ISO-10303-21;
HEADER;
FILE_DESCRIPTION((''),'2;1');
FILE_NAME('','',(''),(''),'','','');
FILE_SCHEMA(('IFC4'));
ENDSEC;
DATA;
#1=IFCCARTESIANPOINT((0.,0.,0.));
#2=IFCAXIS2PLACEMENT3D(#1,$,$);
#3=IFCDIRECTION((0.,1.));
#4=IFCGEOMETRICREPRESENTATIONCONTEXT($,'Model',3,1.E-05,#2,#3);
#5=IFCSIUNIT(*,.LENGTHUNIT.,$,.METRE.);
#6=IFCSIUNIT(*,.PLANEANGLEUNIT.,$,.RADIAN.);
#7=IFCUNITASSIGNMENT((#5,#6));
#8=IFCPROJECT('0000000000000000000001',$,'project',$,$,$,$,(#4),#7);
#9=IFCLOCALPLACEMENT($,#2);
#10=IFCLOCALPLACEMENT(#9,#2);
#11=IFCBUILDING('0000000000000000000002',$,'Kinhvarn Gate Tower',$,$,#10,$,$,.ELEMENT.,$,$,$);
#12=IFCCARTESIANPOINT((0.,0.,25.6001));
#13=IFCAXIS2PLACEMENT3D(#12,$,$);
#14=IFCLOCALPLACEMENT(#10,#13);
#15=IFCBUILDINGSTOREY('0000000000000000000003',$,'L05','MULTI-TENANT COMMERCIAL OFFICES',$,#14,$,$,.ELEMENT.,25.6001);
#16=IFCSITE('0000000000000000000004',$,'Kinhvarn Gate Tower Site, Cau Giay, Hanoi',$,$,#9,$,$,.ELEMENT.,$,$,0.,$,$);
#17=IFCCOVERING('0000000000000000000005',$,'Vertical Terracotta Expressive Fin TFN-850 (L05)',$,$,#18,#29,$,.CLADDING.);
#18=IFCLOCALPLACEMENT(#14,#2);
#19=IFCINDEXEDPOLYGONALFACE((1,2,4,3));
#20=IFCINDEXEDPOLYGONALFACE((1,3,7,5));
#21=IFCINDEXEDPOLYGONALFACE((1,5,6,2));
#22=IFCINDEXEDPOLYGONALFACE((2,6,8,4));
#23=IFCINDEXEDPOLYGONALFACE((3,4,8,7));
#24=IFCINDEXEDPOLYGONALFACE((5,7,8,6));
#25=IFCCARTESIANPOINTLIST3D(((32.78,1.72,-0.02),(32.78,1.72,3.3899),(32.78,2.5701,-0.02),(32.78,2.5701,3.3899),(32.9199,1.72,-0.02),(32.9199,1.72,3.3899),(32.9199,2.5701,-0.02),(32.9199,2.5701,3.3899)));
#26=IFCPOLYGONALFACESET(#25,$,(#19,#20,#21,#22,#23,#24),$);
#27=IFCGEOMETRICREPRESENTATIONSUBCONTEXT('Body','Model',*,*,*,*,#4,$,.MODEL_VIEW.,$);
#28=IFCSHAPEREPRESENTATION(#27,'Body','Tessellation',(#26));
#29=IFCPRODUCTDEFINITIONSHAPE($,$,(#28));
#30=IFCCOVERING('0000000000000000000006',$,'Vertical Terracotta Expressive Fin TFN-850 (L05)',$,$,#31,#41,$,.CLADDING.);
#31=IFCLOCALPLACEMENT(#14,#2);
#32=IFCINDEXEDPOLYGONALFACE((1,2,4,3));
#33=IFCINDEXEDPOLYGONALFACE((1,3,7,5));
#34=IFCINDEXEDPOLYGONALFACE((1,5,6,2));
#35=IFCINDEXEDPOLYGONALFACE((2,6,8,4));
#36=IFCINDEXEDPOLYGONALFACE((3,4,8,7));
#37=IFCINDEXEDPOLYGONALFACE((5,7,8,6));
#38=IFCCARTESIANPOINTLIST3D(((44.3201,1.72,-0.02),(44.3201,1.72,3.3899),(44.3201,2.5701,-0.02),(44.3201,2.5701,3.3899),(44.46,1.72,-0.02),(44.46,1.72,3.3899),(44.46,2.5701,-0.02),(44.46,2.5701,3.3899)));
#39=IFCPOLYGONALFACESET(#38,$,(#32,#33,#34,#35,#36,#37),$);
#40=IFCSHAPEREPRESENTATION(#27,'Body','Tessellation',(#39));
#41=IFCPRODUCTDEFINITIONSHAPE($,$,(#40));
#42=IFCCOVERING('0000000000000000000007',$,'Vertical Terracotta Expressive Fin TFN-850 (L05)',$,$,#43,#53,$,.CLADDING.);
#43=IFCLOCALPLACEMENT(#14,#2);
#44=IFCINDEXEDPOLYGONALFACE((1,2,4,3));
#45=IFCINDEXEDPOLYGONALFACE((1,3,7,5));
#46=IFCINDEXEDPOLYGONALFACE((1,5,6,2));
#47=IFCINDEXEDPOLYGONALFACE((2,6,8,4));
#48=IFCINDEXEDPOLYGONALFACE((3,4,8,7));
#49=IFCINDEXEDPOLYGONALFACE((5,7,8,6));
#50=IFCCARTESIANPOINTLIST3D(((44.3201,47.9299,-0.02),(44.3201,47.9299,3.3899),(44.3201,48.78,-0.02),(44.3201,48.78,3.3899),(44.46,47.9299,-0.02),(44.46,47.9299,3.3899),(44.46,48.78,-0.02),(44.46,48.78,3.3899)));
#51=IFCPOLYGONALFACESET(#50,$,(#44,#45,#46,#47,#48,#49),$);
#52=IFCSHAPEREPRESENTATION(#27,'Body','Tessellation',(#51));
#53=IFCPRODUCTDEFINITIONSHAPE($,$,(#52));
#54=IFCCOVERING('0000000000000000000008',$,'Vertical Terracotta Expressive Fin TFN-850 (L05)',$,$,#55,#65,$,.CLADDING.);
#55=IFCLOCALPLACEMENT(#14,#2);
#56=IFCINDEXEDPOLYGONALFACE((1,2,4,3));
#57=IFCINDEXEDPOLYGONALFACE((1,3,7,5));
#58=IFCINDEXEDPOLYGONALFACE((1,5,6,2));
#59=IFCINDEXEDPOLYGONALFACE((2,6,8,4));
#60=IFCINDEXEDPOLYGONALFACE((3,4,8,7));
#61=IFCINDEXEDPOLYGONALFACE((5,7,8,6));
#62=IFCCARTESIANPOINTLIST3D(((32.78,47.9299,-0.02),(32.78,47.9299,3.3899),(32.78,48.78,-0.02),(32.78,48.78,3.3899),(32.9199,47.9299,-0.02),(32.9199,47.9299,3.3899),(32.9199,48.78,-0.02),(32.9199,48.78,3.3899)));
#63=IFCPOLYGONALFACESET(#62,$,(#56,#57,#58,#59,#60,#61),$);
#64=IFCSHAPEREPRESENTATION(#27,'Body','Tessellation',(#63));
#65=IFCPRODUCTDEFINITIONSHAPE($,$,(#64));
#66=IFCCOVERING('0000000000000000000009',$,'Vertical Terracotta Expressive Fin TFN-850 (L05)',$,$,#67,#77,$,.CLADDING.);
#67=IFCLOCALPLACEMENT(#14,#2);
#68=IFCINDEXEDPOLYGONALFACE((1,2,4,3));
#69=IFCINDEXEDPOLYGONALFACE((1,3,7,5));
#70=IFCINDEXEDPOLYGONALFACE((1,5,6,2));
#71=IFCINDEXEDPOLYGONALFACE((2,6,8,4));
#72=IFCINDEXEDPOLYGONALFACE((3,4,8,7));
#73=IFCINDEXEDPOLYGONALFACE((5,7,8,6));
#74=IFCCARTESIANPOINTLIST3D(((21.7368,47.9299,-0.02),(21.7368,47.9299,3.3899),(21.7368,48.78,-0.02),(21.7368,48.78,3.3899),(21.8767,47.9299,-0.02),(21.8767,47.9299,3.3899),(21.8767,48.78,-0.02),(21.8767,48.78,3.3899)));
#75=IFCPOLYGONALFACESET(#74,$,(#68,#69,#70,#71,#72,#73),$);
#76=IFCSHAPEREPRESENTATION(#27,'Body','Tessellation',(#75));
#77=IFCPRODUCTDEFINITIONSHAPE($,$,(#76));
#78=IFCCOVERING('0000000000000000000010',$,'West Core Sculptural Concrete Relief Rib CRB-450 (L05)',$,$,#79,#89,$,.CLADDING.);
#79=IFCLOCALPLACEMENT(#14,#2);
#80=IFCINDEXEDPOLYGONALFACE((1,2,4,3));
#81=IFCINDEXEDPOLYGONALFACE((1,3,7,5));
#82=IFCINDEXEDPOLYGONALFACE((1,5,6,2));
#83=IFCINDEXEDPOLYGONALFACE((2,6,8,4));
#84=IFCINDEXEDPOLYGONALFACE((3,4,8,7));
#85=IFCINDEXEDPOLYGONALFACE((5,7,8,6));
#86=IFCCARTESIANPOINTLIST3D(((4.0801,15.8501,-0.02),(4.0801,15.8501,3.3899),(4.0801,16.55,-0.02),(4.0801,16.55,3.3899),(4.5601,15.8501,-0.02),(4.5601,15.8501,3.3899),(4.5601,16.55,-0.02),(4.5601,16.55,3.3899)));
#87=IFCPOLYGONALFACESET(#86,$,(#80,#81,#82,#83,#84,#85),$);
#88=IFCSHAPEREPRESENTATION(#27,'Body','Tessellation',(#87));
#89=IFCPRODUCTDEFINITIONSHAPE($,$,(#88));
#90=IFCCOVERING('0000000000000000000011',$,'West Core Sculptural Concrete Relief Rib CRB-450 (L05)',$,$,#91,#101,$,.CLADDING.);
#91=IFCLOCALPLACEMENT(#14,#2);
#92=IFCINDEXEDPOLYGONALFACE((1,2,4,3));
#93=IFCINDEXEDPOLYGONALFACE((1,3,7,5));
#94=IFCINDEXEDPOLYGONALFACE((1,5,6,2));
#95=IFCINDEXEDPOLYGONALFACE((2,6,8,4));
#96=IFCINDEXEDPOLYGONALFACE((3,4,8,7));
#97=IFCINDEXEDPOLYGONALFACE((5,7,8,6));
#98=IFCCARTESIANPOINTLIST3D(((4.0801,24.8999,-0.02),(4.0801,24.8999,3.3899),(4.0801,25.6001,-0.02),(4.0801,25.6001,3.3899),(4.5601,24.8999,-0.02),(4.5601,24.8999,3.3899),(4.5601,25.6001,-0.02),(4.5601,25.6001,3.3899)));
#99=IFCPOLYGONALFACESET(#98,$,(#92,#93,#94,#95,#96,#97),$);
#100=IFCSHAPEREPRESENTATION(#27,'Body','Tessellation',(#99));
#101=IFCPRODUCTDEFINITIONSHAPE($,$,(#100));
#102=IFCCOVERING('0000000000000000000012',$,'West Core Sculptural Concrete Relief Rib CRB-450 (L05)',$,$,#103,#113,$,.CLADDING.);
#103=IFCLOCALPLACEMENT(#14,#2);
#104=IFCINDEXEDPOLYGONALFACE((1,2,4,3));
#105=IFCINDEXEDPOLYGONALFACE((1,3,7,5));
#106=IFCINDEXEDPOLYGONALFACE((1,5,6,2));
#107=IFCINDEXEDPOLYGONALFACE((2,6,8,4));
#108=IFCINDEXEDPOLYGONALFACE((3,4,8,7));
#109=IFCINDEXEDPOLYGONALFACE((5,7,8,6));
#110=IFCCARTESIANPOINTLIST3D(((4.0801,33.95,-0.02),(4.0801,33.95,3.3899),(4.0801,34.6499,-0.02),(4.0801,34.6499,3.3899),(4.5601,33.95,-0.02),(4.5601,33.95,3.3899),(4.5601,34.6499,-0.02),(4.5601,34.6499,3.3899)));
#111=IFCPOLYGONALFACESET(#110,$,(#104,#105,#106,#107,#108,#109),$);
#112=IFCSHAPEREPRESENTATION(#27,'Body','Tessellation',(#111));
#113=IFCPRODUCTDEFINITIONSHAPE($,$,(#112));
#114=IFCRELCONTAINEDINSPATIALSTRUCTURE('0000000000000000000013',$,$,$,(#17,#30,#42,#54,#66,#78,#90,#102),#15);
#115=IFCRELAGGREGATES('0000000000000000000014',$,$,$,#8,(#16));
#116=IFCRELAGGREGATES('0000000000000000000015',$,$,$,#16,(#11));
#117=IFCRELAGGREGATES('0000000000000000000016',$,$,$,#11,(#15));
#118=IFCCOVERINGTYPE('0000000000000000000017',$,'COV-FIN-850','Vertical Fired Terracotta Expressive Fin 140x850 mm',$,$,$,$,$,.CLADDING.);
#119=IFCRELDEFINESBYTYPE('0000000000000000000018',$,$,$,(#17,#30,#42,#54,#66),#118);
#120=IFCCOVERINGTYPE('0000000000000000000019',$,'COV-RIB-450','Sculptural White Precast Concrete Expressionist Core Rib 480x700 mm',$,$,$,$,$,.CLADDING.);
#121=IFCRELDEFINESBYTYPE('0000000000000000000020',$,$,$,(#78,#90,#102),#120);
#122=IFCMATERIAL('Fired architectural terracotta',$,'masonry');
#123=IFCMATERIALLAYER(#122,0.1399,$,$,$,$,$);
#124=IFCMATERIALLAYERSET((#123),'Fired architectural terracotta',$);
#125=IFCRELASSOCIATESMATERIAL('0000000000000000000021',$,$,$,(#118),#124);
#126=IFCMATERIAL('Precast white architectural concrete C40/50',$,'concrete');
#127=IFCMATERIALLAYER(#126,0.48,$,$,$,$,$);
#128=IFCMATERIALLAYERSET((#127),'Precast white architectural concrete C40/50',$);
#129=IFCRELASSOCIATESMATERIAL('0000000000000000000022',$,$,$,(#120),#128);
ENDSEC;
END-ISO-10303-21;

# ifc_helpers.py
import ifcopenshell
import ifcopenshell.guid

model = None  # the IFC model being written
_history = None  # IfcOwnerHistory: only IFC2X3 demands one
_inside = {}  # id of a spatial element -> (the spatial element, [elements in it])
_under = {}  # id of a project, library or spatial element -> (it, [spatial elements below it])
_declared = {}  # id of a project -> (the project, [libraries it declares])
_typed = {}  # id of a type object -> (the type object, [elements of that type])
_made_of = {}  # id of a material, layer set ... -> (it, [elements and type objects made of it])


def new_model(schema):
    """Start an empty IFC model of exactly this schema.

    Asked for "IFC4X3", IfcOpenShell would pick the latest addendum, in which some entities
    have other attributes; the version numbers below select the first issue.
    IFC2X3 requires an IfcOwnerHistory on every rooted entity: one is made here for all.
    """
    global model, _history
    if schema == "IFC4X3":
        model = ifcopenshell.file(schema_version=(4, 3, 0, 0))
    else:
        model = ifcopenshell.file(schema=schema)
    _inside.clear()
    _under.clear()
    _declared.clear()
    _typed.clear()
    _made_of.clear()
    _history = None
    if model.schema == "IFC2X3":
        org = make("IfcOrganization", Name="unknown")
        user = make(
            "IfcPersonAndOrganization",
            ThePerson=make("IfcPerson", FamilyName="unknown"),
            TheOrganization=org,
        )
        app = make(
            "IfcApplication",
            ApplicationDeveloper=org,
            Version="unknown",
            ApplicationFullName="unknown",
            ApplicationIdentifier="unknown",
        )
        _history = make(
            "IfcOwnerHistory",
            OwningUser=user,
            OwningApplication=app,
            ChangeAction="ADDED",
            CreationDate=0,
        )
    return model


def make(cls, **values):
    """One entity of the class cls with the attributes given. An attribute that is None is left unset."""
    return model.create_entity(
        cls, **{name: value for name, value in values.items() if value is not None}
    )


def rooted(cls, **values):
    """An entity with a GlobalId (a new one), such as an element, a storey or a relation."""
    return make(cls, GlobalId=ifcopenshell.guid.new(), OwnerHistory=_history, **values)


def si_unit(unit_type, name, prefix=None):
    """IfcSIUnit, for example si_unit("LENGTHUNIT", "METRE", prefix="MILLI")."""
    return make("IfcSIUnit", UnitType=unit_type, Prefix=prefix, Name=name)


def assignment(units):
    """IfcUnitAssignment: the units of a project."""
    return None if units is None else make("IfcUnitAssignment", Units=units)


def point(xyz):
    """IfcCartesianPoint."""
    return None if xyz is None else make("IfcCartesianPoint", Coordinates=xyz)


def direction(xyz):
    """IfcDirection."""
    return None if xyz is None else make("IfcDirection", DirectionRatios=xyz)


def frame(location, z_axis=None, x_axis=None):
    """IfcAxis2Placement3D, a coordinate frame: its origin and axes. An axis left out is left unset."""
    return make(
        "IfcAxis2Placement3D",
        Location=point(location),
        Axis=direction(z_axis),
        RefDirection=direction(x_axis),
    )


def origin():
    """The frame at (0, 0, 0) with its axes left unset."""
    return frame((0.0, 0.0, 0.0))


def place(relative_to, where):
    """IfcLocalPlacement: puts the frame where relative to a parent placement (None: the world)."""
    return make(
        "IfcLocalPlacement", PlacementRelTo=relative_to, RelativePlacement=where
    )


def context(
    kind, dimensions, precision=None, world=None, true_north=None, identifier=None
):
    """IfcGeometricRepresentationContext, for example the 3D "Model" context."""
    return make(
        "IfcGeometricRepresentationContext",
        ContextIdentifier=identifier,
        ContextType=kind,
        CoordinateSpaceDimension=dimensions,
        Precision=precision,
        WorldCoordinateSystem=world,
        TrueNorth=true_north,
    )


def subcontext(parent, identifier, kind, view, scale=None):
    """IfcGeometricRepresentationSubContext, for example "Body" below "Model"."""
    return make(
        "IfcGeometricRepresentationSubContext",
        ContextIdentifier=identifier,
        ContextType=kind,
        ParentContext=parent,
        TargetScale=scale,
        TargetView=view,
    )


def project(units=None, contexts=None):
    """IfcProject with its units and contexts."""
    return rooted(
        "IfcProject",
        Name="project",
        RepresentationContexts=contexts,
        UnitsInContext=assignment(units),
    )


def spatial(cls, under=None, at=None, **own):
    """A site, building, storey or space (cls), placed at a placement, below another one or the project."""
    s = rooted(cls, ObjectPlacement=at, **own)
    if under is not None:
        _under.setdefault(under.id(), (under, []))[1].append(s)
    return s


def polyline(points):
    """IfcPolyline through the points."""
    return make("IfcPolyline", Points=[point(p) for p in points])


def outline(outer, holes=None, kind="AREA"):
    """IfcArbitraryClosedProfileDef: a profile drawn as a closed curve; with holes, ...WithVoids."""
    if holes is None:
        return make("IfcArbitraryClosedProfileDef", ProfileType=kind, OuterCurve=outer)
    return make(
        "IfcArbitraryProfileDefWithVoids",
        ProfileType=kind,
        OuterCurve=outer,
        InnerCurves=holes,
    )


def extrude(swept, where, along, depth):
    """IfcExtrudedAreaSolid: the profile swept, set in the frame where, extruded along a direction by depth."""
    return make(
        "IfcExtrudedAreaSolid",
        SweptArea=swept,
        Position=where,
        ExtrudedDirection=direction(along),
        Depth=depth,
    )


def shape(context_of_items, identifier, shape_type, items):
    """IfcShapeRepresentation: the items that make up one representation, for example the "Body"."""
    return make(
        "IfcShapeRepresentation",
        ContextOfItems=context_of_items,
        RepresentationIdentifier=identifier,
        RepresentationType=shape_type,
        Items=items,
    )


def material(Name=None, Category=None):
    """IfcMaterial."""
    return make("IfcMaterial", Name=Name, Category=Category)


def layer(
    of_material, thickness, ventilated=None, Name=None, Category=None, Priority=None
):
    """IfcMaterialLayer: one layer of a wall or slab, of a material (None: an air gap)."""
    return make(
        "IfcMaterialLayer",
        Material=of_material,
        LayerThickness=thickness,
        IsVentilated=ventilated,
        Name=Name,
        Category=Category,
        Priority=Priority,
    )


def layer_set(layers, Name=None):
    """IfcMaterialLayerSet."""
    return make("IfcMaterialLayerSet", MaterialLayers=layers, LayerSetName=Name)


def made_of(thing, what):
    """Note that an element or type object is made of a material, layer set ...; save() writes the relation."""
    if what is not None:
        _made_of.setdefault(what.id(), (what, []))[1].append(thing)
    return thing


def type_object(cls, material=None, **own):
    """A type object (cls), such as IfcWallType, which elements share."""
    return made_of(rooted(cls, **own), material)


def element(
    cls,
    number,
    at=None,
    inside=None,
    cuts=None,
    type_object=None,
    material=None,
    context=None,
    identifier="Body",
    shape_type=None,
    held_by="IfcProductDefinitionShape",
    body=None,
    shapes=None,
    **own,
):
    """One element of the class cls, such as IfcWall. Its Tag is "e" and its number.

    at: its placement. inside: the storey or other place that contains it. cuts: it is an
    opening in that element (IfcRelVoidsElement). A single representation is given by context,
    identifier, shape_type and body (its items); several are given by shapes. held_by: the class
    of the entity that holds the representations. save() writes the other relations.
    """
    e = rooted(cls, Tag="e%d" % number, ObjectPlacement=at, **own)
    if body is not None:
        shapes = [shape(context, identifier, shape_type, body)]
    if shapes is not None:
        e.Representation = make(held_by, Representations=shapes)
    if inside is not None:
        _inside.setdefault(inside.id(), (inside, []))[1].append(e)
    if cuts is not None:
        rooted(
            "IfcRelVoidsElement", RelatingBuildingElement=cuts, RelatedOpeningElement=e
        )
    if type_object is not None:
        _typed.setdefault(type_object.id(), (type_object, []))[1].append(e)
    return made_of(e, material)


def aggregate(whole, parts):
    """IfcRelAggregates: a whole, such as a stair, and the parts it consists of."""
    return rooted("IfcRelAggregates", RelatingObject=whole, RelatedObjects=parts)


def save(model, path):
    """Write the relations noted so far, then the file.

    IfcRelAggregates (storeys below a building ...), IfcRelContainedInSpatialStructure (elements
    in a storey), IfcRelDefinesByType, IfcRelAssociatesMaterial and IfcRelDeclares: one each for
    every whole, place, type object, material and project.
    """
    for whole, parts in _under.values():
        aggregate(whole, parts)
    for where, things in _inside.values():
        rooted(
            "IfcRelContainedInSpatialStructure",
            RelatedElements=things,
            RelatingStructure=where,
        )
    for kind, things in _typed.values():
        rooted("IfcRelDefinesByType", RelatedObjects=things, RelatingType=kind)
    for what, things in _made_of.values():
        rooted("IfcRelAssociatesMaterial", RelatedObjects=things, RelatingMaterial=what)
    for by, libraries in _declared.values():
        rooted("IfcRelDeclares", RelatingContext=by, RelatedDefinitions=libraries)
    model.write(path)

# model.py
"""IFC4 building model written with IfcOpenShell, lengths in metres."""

from ifc_helpers import new_model, si_unit, direction, frame, origin, place, context, subcontext, project, spatial, polyline, outline, extrude, material, layer, layer_set, type_object, element, save


model = new_model("IFC4")

# Units and contexts
model_context = context("Model", 3, precision=1e-05, world=origin(), true_north=direction((0.0, 1.0)))
body_context = subcontext(model_context, "Body", "Model", "MODEL_VIEW")
ifc_project = project(units=[si_unit("LENGTHUNIT", "METRE"), si_unit("PLANEANGLEUNIT", "RADIAN")], contexts=[model_context])

# Site, building, storey
site_placement = place(None, origin())
site = spatial("IfcSite", under=ifc_project, at=site_placement, Name="Kinhvarn Gate Tower Site, Cau Giay, Hanoi", CompositionType="ELEMENT", RefElevation=0.0)
building_placement = place(site_placement, origin())
building = spatial("IfcBuilding", under=site, at=building_placement, Name="Kinhvarn Gate Tower", CompositionType="ELEMENT")
storey_placement = place(building_placement, frame((0.0, 0.0, 25.6001)))
storey = spatial("IfcBuildingStorey", under=building, at=storey_placement, Name="L05", Description="MULTI-TENANT COMMERCIAL OFFICES", CompositionType="ELEMENT", Elevation=25.6001)

# Coverings
ifc_material_1 = material(Name="Fired architectural terracotta", Category="masonry")
ifc_layer_1 = layer(ifc_material_1, 0.1399)
ifc_layer_set_1 = layer_set([ifc_layer_1], Name="Fired architectural terracotta")
covering_type_1 = type_object("IfcCoveringType", Name="COV-FIN-850", Description="Vertical Fired Terracotta Expressive Fin 140x850 mm", PredefinedType="CLADDING", material=ifc_layer_set_1)
covering_1_placement = place(storey_placement, frame((0.0, 0.0, -0.02)))
element("IfcCovering", 1, at=covering_1_placement, inside=storey, type_object=covering_type_1, Name="Vertical Terracotta Expressive Fin TFN-850 (L05)", PredefinedType="CLADDING", context=body_context, shape_type="SweptSolid", body=[
    extrude(outline(polyline([(32.78, 2.5701), (32.9199, 2.5701), (32.9199, 1.72), (32.78, 1.72), (32.78, 2.5701)])), origin(), (0.0, 0.0, 1.0), 3.4099),
])
covering_2_placement = place(storey_placement, frame((0.0, 0.0, -0.02)))
element("IfcCovering", 2, at=covering_2_placement, inside=storey, type_object=covering_type_1, Name="Vertical Terracotta Expressive Fin TFN-850 (L05)", PredefinedType="CLADDING", context=body_context, shape_type="SweptSolid", body=[
    extrude(outline(polyline([(44.3201, 2.5701), (44.46, 2.5701), (44.46, 1.72), (44.3201, 1.72), (44.3201, 2.5701)])), origin(), (0.0, 0.0, 1.0), 3.4099),
])
covering_3_placement = place(storey_placement, frame((0.0, 0.0, -0.02)))
element("IfcCovering", 3, at=covering_3_placement, inside=storey, type_object=covering_type_1, Name="Vertical Terracotta Expressive Fin TFN-850 (L05)", PredefinedType="CLADDING", context=body_context, shape_type="SweptSolid", body=[
    extrude(outline(polyline([(44.46, 47.9299), (44.3201, 47.9299), (44.3201, 48.78), (44.46, 48.78), (44.46, 47.9299)])), origin(), (0.0, 0.0, 1.0), 3.4099),
])
covering_4_placement = place(storey_placement, frame((0.0, 0.0, -0.02)))
element("IfcCovering", 4, at=covering_4_placement, inside=storey, type_object=covering_type_1, Name="Vertical Terracotta Expressive Fin TFN-850 (L05)", PredefinedType="CLADDING", context=body_context, shape_type="SweptSolid", body=[
    extrude(outline(polyline([(32.9199, 47.9299), (32.78, 47.9299), (32.78, 48.78), (32.9199, 48.78), (32.9199, 47.9299)])), origin(), (0.0, 0.0, 1.0), 3.4099),
])
covering_5_placement = place(storey_placement, frame((0.0, 0.0, -0.02)))
element("IfcCovering", 5, at=covering_5_placement, inside=storey, type_object=covering_type_1, Name="Vertical Terracotta Expressive Fin TFN-850 (L05)", PredefinedType="CLADDING", context=body_context, shape_type="SweptSolid", body=[
    extrude(outline(polyline([(21.8767, 47.9299), (21.7368, 47.9299), (21.7368, 48.78), (21.8767, 48.78), (21.8767, 47.9299)])), origin(), (0.0, 0.0, 1.0), 3.4099),
])
ifc_material_2 = material(Name="Precast white architectural concrete C40/50", Category="concrete")
ifc_layer_2 = layer(ifc_material_2, 0.48)
ifc_layer_set_2 = layer_set([ifc_layer_2], Name="Precast white architectural concrete C40/50")
covering_type_2 = type_object("IfcCoveringType", Name="COV-RIB-450", Description="Sculptural White Precast Concrete Expressionist Core Rib 480x700 mm", PredefinedType="CLADDING", material=ifc_layer_set_2)
covering_6_placement = place(storey_placement, frame((0.0, 0.0, -0.02)))
element("IfcCovering", 6, at=covering_6_placement, inside=storey, type_object=covering_type_2, Name="West Core Sculptural Concrete Relief Rib CRB-450 (L05)", PredefinedType="CLADDING", context=body_context, shape_type="SweptSolid", body=[
    extrude(outline(polyline([(4.0801, 15.8501), (4.5601, 15.8501), (4.5601, 16.55), (4.0801, 16.55), (4.0801, 15.8501)])), origin(), (0.0, 0.0, 1.0), 3.4099),
])
covering_7_placement = place(storey_placement, frame((0.0, 0.0, -0.02)))
element("IfcCovering", 7, at=covering_7_placement, inside=storey, type_object=covering_type_2, Name="West Core Sculptural Concrete Relief Rib CRB-450 (L05)", PredefinedType="CLADDING", context=body_context, shape_type="SweptSolid", body=[
    extrude(outline(polyline([(4.0801, 24.8999), (4.5601, 24.8999), (4.5601, 25.6001), (4.0801, 25.6001), (4.0801, 24.8999)])), origin(), (0.0, 0.0, 1.0), 3.4099),
])
covering_8_placement = place(storey_placement, frame((0.0, 0.0, -0.02)))
element("IfcCovering", 8, at=covering_8_placement, inside=storey, type_object=covering_type_2, Name="West Core Sculptural Concrete Relief Rib CRB-450 (L05)", PredefinedType="CLADDING", context=body_context, shape_type="SweptSolid", body=[
    extrude(outline(polyline([(4.0801, 33.95), (4.5601, 33.95), (4.5601, 34.6499), (4.0801, 34.6499), (4.0801, 33.95)])), origin(), (0.0, 0.0, 1.0), 3.4099),
])

save(model, "model.ifc")
